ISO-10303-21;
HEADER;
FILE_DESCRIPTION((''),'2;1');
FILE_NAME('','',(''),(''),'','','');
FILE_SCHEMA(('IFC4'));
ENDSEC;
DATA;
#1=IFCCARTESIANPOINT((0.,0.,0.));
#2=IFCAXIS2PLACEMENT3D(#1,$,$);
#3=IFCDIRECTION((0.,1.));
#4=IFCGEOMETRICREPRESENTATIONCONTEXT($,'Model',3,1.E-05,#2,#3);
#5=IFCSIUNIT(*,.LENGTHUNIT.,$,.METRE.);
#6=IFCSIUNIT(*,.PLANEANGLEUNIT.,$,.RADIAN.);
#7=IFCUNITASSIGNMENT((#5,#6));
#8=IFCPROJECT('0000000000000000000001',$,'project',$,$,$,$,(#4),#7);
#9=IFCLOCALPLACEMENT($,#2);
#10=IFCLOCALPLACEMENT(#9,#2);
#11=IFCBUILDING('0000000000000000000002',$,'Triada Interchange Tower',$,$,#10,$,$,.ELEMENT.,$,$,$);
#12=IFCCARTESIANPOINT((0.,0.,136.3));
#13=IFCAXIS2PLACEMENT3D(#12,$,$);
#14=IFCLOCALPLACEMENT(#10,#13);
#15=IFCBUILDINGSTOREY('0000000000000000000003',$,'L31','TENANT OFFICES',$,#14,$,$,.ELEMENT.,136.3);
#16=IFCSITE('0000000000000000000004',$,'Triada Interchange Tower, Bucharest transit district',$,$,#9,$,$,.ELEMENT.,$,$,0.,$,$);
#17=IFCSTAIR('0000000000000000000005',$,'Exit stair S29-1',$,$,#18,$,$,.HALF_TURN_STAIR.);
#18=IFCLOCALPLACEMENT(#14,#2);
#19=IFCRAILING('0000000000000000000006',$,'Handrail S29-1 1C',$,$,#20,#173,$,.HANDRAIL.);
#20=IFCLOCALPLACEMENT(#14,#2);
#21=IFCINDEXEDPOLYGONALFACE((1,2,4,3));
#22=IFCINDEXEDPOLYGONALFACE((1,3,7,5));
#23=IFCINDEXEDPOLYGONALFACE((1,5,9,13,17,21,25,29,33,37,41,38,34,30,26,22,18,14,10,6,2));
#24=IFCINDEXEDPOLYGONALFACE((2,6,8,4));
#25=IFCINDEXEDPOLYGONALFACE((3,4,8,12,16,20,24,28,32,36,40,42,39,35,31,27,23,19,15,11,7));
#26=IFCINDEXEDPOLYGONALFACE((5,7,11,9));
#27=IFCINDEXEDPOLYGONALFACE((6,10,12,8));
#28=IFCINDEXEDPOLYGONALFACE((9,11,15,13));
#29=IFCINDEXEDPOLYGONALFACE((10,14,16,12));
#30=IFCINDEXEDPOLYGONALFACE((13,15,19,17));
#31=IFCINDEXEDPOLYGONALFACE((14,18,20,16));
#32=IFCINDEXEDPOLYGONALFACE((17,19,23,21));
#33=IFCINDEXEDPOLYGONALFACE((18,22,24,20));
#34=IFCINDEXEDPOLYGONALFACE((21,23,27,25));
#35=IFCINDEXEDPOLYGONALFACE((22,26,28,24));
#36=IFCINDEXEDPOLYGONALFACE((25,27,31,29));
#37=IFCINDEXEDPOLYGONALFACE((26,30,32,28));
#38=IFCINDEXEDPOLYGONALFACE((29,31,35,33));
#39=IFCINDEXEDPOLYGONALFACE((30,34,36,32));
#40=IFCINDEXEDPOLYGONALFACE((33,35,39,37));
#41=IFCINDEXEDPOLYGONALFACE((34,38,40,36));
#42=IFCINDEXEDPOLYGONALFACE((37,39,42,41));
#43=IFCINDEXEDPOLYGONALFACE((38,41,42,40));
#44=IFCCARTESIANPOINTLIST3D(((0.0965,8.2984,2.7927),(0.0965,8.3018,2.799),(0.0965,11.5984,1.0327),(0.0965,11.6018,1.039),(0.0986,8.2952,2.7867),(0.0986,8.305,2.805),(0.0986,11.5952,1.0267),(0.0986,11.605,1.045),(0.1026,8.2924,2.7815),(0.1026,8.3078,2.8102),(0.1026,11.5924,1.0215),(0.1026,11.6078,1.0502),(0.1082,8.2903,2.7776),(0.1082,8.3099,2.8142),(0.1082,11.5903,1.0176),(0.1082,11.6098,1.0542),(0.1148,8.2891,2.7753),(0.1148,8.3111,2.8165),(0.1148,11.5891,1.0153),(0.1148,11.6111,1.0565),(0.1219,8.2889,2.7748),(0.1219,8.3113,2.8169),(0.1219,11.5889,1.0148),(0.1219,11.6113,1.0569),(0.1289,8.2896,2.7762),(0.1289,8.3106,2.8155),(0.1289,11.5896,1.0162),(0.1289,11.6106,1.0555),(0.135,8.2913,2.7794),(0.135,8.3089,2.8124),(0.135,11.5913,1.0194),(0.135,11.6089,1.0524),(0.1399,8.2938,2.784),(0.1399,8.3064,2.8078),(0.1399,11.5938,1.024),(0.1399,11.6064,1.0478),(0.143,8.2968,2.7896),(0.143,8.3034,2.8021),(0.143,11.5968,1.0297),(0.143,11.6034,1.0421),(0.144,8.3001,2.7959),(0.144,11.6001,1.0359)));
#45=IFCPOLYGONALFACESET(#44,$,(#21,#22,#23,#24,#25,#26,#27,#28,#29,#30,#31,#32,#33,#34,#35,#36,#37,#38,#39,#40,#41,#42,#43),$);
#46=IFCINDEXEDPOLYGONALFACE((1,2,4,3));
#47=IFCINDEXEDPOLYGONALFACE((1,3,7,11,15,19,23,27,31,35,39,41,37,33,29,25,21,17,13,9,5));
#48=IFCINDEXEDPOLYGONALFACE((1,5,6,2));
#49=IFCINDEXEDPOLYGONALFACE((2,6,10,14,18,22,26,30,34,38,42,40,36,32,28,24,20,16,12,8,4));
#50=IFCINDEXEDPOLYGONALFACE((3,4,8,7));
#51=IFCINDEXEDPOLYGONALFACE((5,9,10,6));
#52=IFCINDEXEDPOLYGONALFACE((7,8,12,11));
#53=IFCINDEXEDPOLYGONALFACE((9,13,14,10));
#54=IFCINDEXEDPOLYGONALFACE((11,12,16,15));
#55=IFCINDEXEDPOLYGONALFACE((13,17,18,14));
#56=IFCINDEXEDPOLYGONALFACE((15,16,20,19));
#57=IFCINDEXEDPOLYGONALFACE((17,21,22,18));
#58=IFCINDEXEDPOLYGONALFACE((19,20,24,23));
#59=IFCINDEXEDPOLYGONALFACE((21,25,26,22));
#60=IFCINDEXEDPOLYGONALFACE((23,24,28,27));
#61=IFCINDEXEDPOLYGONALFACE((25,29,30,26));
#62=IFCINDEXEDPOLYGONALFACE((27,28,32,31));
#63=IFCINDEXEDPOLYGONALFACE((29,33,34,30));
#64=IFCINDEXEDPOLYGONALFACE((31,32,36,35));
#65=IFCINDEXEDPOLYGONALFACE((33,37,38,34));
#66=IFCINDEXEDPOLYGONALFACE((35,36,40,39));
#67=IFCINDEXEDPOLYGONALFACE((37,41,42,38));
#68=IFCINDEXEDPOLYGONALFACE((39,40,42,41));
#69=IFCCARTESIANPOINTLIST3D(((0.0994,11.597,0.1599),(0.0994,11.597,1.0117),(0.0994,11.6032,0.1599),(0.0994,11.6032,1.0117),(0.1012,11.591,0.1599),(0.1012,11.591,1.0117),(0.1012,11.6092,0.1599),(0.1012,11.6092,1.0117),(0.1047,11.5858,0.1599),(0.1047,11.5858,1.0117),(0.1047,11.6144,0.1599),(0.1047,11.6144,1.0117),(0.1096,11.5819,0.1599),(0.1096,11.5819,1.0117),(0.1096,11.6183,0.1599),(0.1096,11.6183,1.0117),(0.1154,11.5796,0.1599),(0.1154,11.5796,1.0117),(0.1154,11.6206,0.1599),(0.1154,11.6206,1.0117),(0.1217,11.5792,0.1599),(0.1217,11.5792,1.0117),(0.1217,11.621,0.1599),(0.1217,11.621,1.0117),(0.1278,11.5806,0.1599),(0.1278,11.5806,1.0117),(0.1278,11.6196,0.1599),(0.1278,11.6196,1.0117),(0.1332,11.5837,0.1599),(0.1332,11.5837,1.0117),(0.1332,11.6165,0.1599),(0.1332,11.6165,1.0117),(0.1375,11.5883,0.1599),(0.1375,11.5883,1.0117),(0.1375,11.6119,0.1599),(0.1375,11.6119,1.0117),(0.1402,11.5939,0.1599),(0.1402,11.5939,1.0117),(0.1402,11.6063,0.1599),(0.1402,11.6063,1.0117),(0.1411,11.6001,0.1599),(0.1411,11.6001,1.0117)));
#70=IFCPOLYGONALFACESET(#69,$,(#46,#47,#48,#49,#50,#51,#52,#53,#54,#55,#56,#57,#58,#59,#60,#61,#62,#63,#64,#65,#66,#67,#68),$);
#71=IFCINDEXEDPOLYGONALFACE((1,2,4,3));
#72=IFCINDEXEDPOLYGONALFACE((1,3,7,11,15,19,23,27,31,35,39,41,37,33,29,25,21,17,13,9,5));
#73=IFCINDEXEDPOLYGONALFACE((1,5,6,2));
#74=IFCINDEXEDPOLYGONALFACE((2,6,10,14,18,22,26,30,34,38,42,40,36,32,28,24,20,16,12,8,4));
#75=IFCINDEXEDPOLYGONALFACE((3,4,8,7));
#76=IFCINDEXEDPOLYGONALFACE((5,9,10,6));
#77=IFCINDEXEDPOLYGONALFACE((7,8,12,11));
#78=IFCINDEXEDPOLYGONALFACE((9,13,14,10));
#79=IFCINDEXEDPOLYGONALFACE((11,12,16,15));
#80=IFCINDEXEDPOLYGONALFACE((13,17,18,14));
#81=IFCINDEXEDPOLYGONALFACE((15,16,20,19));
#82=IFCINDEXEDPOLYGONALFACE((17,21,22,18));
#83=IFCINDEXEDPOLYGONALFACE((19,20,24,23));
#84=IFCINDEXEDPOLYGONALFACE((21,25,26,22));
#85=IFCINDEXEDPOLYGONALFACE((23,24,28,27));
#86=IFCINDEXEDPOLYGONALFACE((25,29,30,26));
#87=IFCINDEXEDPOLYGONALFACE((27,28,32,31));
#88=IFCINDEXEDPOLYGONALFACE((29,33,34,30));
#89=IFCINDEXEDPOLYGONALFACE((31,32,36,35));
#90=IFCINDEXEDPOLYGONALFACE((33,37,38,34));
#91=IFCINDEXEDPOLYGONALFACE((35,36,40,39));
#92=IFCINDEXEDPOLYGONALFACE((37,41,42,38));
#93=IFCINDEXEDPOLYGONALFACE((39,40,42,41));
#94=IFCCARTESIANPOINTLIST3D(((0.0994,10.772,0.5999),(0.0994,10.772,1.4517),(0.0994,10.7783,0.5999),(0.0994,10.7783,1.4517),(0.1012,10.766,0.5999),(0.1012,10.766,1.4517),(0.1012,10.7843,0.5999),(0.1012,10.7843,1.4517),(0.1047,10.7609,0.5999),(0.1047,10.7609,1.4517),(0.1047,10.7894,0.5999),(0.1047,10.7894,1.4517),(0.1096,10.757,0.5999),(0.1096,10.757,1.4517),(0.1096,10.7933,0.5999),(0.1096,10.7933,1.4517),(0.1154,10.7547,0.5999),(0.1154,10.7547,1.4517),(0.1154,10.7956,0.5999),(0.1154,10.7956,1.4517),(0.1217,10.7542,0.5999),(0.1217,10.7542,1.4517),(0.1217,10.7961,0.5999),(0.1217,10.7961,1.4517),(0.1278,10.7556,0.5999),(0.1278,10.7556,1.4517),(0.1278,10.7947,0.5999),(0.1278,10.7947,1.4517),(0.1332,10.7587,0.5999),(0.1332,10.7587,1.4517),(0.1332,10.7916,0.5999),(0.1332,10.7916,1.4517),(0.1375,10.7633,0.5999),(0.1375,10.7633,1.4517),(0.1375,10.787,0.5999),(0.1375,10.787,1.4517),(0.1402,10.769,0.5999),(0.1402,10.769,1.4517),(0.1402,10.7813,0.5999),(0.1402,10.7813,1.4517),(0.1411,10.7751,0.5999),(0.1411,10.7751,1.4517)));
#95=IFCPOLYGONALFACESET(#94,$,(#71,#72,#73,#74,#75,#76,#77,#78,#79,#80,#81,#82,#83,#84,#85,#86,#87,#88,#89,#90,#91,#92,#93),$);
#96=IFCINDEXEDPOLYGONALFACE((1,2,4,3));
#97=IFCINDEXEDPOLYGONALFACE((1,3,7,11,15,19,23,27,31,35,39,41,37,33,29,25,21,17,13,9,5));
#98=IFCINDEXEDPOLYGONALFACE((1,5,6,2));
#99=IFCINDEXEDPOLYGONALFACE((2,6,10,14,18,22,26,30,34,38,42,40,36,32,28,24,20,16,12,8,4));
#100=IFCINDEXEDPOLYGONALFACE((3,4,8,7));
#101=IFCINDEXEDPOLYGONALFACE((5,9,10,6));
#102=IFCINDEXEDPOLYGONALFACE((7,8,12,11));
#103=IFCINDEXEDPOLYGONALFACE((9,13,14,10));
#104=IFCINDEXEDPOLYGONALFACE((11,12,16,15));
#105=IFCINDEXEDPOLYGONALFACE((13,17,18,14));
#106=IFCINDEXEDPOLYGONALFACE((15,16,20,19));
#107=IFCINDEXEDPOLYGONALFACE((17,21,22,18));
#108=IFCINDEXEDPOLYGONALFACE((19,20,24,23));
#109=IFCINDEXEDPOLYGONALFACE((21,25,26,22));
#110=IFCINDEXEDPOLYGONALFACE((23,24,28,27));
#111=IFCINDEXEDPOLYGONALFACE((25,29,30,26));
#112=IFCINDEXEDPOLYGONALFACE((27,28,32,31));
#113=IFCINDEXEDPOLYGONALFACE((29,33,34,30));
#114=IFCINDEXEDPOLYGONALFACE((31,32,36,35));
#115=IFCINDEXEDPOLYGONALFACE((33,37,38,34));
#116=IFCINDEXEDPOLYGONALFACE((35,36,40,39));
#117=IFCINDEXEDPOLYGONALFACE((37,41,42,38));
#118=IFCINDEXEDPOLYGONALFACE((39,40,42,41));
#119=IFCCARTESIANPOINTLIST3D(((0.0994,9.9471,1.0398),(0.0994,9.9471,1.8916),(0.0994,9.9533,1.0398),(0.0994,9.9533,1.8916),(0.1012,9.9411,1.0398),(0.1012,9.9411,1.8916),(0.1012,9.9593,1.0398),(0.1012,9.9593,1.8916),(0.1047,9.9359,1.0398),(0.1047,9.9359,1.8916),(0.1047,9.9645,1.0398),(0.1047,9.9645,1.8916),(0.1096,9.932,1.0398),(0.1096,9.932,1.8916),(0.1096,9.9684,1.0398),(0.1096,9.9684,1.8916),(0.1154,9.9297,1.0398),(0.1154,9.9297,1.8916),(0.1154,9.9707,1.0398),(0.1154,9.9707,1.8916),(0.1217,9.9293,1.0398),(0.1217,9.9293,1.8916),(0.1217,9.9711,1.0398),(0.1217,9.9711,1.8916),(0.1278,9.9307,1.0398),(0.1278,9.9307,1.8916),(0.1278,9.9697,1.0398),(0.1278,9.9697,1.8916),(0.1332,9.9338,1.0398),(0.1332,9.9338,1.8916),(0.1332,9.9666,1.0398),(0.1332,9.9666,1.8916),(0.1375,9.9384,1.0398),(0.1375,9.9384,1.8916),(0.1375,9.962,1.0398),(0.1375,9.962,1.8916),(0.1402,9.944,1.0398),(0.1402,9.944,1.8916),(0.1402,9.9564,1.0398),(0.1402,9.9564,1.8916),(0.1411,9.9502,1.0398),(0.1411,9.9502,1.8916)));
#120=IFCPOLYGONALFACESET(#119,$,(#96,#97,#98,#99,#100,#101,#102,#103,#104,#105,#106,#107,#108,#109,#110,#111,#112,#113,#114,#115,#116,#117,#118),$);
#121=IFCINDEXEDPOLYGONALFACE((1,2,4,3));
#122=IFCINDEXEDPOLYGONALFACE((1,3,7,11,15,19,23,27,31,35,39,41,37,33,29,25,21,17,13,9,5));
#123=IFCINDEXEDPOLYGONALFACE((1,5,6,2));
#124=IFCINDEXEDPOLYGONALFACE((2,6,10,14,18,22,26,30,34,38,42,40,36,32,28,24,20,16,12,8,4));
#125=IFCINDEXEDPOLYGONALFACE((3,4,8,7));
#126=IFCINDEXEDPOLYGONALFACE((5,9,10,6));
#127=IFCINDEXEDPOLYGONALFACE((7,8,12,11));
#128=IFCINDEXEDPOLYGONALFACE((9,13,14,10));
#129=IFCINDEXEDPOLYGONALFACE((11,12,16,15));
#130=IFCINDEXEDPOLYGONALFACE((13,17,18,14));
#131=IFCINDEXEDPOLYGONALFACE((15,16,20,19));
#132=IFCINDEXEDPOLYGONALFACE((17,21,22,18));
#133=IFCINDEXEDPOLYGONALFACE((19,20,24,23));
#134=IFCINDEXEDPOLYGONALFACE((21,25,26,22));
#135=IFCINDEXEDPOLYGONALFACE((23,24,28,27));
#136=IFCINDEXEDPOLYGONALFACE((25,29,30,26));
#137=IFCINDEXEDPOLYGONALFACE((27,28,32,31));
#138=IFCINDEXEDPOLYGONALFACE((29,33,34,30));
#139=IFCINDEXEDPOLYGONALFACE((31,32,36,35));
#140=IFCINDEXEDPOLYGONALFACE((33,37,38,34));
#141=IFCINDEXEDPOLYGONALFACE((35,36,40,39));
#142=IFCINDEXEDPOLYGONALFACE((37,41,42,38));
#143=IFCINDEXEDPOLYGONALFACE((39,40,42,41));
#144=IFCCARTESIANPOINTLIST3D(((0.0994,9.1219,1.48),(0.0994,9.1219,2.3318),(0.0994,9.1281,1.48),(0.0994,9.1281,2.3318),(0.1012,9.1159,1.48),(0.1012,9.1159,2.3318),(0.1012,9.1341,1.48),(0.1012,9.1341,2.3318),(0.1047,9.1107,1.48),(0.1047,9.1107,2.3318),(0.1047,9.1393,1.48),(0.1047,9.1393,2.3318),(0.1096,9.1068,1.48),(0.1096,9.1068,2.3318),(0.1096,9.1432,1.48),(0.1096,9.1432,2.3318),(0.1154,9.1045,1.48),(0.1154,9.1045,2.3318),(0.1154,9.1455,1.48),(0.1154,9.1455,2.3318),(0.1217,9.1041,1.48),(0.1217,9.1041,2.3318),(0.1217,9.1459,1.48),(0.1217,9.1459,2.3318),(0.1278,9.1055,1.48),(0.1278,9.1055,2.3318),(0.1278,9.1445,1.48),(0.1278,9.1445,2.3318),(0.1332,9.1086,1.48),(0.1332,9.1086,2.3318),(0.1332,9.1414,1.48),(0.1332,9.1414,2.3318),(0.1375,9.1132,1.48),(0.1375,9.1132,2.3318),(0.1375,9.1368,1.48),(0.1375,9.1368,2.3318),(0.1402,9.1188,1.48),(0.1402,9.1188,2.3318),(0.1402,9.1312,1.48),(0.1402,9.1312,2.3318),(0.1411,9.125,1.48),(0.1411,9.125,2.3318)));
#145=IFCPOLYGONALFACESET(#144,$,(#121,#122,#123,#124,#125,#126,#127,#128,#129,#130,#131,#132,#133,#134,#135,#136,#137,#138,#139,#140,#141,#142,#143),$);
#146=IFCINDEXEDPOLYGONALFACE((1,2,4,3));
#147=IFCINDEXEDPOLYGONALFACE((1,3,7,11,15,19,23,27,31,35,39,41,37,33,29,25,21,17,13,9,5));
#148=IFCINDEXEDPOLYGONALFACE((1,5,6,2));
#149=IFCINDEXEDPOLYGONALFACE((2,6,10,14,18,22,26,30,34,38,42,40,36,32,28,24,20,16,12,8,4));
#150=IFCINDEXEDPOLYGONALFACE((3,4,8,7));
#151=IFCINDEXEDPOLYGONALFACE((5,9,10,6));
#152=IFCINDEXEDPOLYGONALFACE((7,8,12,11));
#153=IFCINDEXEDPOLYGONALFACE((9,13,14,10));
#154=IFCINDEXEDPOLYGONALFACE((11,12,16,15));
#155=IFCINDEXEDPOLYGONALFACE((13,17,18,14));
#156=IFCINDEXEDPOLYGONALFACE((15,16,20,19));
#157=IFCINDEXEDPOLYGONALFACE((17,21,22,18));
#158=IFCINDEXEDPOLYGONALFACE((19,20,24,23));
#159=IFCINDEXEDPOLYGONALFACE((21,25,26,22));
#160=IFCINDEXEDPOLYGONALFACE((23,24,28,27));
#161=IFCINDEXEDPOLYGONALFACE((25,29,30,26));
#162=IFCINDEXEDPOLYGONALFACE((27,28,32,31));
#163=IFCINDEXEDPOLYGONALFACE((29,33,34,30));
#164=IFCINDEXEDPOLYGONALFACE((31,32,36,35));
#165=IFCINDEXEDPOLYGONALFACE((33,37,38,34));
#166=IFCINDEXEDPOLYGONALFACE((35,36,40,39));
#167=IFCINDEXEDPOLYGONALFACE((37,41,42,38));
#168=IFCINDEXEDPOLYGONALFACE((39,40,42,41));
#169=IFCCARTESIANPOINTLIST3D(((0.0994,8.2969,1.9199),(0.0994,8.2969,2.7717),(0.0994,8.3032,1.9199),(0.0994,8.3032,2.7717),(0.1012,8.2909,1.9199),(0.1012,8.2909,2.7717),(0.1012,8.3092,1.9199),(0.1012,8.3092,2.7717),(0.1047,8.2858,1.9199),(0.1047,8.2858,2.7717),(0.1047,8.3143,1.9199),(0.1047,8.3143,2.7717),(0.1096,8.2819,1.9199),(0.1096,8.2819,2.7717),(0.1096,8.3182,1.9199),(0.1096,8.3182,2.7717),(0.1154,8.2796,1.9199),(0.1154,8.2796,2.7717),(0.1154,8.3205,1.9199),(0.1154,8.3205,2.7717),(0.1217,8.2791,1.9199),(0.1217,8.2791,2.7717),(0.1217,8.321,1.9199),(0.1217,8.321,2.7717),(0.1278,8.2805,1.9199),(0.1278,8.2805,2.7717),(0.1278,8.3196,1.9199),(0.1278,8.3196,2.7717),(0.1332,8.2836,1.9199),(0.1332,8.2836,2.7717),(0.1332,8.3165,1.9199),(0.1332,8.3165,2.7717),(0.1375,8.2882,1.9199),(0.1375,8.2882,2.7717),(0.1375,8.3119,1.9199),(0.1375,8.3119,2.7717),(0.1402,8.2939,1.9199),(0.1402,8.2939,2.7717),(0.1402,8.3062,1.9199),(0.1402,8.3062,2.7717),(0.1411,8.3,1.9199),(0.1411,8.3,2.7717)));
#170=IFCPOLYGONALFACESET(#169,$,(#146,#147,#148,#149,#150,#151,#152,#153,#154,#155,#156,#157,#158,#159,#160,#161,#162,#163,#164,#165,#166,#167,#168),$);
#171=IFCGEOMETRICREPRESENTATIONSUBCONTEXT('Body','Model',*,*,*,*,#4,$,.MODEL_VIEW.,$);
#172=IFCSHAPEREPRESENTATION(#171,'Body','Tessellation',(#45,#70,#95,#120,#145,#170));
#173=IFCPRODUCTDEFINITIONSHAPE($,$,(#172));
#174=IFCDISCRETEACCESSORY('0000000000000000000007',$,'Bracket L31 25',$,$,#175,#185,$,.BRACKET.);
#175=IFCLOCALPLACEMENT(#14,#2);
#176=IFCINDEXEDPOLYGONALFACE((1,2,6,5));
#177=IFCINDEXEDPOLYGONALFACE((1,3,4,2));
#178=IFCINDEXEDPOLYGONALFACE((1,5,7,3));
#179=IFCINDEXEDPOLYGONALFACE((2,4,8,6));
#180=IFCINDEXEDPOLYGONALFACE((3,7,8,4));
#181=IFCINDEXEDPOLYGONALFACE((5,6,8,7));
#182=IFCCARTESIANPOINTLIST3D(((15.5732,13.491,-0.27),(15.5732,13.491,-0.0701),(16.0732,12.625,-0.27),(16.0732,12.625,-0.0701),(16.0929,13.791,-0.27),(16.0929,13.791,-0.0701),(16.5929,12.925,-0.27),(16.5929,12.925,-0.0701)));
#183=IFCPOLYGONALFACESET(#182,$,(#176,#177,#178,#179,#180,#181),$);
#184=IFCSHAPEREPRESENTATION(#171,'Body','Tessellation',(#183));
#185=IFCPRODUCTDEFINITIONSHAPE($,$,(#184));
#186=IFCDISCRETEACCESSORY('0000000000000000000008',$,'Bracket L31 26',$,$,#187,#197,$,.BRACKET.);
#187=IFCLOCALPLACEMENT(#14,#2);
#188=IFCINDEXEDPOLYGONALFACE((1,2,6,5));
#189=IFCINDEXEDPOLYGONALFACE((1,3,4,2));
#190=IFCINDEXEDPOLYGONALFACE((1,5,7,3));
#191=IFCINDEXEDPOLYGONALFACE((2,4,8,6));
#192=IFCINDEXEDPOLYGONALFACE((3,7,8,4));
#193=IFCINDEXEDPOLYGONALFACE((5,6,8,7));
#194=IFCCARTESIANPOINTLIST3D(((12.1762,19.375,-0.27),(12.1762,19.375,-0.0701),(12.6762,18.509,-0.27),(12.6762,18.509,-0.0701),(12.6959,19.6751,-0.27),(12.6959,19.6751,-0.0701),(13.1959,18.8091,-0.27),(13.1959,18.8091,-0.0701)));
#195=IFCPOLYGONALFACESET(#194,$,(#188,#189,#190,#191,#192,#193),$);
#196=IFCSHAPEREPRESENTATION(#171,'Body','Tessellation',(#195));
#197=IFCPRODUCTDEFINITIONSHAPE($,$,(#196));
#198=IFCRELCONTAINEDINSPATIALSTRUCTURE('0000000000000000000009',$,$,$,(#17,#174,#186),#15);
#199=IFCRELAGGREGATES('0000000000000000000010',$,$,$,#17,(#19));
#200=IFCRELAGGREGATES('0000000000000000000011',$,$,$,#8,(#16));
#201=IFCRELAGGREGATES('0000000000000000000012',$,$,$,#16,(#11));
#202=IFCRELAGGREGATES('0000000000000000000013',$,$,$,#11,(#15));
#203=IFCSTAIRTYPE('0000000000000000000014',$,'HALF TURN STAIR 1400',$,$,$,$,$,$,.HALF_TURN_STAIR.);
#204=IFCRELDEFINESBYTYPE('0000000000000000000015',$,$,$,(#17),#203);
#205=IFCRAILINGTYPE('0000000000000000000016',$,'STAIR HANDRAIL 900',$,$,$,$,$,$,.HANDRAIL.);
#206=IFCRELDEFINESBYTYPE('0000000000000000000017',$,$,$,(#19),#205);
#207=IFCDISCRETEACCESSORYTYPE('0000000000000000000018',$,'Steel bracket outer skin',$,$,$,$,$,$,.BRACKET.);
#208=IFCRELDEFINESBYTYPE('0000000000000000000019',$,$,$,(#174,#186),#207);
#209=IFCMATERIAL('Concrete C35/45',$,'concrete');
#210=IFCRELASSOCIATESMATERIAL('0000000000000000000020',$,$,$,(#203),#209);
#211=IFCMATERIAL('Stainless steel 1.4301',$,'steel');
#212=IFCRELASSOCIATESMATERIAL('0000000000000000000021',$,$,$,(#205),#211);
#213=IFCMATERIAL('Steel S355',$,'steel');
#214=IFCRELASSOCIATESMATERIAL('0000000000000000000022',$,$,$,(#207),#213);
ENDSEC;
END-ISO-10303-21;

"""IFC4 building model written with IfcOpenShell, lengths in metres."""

from ifc_helpers import new_model, si_unit, direction, frame, origin, origin_2d, place, context, subcontext, project, spatial, rectangle, circle, extrude, material, type_object, element, aggregate, save


model = new_model("IFC4")

# Units and contexts
model_context = context("Model", 3, precision=1e-05, world=origin(), true_north=direction((0.0, 1.0)))
body_context = subcontext(model_context, "Body", "Model", "MODEL_VIEW")
ifc_project = project(units=[si_unit("LENGTHUNIT", "METRE"), si_unit("PLANEANGLEUNIT", "RADIAN")], contexts=[model_context])

# Site, building, storey
site_placement = place(None, origin())
site = spatial("IfcSite", under=ifc_project, at=site_placement, Name="Triada Interchange Tower, Bucharest transit district", CompositionType="ELEMENT", RefElevation=0.0)
building_placement = place(site_placement, origin())
building = spatial("IfcBuilding", under=site, at=building_placement, Name="Triada Interchange Tower", CompositionType="ELEMENT")
storey_placement = place(building_placement, frame((0.0, 0.0, 136.3)))
storey = spatial("IfcBuildingStorey", under=building, at=storey_placement, Name="L31", Description="TENANT OFFICES", CompositionType="ELEMENT", Elevation=136.3)

# Stair
ifc_material_1 = material(Name="Concrete C35/45", Category="concrete")
stair_type = type_object("IfcStairType", Name="HALF TURN STAIR 1400", PredefinedType="HALF_TURN_STAIR", material=ifc_material_1)
stair_placement = place(storey_placement, origin())
stair = element("IfcStair", 1, at=stair_placement, inside=storey, type_object=stair_type, Name="Exit stair S29-1", PredefinedType="HALF_TURN_STAIR")

# Railing
ifc_material_2 = material(Name="Stainless steel 1.4301", Category="steel")
railing_type = type_object("IfcRailingType", Name="STAIR HANDRAIL 900", PredefinedType="HANDRAIL", material=ifc_material_2)
railing_1_placement = place(storey_placement, frame((0.1201, 11.6001, 0.1599)))
railing_1 = element("IfcRailing", 2, at=railing_1_placement, type_object=railing_type, Name="Handrail S29-1 1C", PredefinedType="HANDRAIL", context=body_context, shape_type="SweptSolid", body=[
    extrude(circle(Radius=0.0239, at=origin_2d()), frame((0.0, 0.0, 0.876), z_axis=(0.0, -0.882355, 0.470585), x_axis=(1.0, 0.0, 0.0)), (0.0, 0.0, 1.0), 3.74),
    extrude(circle(Radius=0.021, at=origin_2d()), origin(), (0.0, 0.0, 1.0), 0.8518),
    extrude(circle(Radius=0.021, at=origin_2d()), frame((0.0, -0.825, 0.4399)), (0.0, 0.0, 1.0), 0.8518),
    extrude(circle(Radius=0.021, at=origin_2d()), frame((0.0, -1.6499, 0.8799)), (0.0, 0.0, 1.0), 0.8518),
    extrude(circle(Radius=0.021, at=origin_2d()), frame((0.0, -2.4751, 1.3201)), (0.0, 0.0, 1.0), 0.8518),
    extrude(circle(Radius=0.021, at=origin_2d()), frame((0.0, -3.3, 1.76)), (0.0, 0.0, 1.0), 0.8518),
])
aggregate(stair, [railing_1])

# Discrete accessories
ifc_material_3 = material(Name="Steel S355", Category="steel")
discrete_accessory_type = type_object("IfcDiscreteAccessoryType", Name="Steel bracket outer skin", PredefinedType="BRACKET", material=ifc_material_3)
for number, where, z_axis, x_axis, name in (
    (3, (16.083, 13.208, -0.27), (0.0, 0.0, 1.0), (0.866023, 0.500004, 0.0), "Bracket L31 25"),
    (4, (12.686, 19.092, -0.27), (0.0, 0.0, 1.0), (0.866023, 0.500004, 0.0), "Bracket L31 26"),
):
    element("IfcDiscreteAccessory", number, at=place(storey_placement, frame(where, z_axis=z_axis, x_axis=x_axis)), inside=storey, type_object=discrete_accessory_type, Name=name, PredefinedType="BRACKET", context=body_context, shape_type="SweptSolid", body=[
        extrude(rectangle(XDim=0.6001, YDim=1.0, at=origin_2d()), origin(), (0.0, 0.0, 1.0), 0.2),
    ])

save(model, "model.ifc")
